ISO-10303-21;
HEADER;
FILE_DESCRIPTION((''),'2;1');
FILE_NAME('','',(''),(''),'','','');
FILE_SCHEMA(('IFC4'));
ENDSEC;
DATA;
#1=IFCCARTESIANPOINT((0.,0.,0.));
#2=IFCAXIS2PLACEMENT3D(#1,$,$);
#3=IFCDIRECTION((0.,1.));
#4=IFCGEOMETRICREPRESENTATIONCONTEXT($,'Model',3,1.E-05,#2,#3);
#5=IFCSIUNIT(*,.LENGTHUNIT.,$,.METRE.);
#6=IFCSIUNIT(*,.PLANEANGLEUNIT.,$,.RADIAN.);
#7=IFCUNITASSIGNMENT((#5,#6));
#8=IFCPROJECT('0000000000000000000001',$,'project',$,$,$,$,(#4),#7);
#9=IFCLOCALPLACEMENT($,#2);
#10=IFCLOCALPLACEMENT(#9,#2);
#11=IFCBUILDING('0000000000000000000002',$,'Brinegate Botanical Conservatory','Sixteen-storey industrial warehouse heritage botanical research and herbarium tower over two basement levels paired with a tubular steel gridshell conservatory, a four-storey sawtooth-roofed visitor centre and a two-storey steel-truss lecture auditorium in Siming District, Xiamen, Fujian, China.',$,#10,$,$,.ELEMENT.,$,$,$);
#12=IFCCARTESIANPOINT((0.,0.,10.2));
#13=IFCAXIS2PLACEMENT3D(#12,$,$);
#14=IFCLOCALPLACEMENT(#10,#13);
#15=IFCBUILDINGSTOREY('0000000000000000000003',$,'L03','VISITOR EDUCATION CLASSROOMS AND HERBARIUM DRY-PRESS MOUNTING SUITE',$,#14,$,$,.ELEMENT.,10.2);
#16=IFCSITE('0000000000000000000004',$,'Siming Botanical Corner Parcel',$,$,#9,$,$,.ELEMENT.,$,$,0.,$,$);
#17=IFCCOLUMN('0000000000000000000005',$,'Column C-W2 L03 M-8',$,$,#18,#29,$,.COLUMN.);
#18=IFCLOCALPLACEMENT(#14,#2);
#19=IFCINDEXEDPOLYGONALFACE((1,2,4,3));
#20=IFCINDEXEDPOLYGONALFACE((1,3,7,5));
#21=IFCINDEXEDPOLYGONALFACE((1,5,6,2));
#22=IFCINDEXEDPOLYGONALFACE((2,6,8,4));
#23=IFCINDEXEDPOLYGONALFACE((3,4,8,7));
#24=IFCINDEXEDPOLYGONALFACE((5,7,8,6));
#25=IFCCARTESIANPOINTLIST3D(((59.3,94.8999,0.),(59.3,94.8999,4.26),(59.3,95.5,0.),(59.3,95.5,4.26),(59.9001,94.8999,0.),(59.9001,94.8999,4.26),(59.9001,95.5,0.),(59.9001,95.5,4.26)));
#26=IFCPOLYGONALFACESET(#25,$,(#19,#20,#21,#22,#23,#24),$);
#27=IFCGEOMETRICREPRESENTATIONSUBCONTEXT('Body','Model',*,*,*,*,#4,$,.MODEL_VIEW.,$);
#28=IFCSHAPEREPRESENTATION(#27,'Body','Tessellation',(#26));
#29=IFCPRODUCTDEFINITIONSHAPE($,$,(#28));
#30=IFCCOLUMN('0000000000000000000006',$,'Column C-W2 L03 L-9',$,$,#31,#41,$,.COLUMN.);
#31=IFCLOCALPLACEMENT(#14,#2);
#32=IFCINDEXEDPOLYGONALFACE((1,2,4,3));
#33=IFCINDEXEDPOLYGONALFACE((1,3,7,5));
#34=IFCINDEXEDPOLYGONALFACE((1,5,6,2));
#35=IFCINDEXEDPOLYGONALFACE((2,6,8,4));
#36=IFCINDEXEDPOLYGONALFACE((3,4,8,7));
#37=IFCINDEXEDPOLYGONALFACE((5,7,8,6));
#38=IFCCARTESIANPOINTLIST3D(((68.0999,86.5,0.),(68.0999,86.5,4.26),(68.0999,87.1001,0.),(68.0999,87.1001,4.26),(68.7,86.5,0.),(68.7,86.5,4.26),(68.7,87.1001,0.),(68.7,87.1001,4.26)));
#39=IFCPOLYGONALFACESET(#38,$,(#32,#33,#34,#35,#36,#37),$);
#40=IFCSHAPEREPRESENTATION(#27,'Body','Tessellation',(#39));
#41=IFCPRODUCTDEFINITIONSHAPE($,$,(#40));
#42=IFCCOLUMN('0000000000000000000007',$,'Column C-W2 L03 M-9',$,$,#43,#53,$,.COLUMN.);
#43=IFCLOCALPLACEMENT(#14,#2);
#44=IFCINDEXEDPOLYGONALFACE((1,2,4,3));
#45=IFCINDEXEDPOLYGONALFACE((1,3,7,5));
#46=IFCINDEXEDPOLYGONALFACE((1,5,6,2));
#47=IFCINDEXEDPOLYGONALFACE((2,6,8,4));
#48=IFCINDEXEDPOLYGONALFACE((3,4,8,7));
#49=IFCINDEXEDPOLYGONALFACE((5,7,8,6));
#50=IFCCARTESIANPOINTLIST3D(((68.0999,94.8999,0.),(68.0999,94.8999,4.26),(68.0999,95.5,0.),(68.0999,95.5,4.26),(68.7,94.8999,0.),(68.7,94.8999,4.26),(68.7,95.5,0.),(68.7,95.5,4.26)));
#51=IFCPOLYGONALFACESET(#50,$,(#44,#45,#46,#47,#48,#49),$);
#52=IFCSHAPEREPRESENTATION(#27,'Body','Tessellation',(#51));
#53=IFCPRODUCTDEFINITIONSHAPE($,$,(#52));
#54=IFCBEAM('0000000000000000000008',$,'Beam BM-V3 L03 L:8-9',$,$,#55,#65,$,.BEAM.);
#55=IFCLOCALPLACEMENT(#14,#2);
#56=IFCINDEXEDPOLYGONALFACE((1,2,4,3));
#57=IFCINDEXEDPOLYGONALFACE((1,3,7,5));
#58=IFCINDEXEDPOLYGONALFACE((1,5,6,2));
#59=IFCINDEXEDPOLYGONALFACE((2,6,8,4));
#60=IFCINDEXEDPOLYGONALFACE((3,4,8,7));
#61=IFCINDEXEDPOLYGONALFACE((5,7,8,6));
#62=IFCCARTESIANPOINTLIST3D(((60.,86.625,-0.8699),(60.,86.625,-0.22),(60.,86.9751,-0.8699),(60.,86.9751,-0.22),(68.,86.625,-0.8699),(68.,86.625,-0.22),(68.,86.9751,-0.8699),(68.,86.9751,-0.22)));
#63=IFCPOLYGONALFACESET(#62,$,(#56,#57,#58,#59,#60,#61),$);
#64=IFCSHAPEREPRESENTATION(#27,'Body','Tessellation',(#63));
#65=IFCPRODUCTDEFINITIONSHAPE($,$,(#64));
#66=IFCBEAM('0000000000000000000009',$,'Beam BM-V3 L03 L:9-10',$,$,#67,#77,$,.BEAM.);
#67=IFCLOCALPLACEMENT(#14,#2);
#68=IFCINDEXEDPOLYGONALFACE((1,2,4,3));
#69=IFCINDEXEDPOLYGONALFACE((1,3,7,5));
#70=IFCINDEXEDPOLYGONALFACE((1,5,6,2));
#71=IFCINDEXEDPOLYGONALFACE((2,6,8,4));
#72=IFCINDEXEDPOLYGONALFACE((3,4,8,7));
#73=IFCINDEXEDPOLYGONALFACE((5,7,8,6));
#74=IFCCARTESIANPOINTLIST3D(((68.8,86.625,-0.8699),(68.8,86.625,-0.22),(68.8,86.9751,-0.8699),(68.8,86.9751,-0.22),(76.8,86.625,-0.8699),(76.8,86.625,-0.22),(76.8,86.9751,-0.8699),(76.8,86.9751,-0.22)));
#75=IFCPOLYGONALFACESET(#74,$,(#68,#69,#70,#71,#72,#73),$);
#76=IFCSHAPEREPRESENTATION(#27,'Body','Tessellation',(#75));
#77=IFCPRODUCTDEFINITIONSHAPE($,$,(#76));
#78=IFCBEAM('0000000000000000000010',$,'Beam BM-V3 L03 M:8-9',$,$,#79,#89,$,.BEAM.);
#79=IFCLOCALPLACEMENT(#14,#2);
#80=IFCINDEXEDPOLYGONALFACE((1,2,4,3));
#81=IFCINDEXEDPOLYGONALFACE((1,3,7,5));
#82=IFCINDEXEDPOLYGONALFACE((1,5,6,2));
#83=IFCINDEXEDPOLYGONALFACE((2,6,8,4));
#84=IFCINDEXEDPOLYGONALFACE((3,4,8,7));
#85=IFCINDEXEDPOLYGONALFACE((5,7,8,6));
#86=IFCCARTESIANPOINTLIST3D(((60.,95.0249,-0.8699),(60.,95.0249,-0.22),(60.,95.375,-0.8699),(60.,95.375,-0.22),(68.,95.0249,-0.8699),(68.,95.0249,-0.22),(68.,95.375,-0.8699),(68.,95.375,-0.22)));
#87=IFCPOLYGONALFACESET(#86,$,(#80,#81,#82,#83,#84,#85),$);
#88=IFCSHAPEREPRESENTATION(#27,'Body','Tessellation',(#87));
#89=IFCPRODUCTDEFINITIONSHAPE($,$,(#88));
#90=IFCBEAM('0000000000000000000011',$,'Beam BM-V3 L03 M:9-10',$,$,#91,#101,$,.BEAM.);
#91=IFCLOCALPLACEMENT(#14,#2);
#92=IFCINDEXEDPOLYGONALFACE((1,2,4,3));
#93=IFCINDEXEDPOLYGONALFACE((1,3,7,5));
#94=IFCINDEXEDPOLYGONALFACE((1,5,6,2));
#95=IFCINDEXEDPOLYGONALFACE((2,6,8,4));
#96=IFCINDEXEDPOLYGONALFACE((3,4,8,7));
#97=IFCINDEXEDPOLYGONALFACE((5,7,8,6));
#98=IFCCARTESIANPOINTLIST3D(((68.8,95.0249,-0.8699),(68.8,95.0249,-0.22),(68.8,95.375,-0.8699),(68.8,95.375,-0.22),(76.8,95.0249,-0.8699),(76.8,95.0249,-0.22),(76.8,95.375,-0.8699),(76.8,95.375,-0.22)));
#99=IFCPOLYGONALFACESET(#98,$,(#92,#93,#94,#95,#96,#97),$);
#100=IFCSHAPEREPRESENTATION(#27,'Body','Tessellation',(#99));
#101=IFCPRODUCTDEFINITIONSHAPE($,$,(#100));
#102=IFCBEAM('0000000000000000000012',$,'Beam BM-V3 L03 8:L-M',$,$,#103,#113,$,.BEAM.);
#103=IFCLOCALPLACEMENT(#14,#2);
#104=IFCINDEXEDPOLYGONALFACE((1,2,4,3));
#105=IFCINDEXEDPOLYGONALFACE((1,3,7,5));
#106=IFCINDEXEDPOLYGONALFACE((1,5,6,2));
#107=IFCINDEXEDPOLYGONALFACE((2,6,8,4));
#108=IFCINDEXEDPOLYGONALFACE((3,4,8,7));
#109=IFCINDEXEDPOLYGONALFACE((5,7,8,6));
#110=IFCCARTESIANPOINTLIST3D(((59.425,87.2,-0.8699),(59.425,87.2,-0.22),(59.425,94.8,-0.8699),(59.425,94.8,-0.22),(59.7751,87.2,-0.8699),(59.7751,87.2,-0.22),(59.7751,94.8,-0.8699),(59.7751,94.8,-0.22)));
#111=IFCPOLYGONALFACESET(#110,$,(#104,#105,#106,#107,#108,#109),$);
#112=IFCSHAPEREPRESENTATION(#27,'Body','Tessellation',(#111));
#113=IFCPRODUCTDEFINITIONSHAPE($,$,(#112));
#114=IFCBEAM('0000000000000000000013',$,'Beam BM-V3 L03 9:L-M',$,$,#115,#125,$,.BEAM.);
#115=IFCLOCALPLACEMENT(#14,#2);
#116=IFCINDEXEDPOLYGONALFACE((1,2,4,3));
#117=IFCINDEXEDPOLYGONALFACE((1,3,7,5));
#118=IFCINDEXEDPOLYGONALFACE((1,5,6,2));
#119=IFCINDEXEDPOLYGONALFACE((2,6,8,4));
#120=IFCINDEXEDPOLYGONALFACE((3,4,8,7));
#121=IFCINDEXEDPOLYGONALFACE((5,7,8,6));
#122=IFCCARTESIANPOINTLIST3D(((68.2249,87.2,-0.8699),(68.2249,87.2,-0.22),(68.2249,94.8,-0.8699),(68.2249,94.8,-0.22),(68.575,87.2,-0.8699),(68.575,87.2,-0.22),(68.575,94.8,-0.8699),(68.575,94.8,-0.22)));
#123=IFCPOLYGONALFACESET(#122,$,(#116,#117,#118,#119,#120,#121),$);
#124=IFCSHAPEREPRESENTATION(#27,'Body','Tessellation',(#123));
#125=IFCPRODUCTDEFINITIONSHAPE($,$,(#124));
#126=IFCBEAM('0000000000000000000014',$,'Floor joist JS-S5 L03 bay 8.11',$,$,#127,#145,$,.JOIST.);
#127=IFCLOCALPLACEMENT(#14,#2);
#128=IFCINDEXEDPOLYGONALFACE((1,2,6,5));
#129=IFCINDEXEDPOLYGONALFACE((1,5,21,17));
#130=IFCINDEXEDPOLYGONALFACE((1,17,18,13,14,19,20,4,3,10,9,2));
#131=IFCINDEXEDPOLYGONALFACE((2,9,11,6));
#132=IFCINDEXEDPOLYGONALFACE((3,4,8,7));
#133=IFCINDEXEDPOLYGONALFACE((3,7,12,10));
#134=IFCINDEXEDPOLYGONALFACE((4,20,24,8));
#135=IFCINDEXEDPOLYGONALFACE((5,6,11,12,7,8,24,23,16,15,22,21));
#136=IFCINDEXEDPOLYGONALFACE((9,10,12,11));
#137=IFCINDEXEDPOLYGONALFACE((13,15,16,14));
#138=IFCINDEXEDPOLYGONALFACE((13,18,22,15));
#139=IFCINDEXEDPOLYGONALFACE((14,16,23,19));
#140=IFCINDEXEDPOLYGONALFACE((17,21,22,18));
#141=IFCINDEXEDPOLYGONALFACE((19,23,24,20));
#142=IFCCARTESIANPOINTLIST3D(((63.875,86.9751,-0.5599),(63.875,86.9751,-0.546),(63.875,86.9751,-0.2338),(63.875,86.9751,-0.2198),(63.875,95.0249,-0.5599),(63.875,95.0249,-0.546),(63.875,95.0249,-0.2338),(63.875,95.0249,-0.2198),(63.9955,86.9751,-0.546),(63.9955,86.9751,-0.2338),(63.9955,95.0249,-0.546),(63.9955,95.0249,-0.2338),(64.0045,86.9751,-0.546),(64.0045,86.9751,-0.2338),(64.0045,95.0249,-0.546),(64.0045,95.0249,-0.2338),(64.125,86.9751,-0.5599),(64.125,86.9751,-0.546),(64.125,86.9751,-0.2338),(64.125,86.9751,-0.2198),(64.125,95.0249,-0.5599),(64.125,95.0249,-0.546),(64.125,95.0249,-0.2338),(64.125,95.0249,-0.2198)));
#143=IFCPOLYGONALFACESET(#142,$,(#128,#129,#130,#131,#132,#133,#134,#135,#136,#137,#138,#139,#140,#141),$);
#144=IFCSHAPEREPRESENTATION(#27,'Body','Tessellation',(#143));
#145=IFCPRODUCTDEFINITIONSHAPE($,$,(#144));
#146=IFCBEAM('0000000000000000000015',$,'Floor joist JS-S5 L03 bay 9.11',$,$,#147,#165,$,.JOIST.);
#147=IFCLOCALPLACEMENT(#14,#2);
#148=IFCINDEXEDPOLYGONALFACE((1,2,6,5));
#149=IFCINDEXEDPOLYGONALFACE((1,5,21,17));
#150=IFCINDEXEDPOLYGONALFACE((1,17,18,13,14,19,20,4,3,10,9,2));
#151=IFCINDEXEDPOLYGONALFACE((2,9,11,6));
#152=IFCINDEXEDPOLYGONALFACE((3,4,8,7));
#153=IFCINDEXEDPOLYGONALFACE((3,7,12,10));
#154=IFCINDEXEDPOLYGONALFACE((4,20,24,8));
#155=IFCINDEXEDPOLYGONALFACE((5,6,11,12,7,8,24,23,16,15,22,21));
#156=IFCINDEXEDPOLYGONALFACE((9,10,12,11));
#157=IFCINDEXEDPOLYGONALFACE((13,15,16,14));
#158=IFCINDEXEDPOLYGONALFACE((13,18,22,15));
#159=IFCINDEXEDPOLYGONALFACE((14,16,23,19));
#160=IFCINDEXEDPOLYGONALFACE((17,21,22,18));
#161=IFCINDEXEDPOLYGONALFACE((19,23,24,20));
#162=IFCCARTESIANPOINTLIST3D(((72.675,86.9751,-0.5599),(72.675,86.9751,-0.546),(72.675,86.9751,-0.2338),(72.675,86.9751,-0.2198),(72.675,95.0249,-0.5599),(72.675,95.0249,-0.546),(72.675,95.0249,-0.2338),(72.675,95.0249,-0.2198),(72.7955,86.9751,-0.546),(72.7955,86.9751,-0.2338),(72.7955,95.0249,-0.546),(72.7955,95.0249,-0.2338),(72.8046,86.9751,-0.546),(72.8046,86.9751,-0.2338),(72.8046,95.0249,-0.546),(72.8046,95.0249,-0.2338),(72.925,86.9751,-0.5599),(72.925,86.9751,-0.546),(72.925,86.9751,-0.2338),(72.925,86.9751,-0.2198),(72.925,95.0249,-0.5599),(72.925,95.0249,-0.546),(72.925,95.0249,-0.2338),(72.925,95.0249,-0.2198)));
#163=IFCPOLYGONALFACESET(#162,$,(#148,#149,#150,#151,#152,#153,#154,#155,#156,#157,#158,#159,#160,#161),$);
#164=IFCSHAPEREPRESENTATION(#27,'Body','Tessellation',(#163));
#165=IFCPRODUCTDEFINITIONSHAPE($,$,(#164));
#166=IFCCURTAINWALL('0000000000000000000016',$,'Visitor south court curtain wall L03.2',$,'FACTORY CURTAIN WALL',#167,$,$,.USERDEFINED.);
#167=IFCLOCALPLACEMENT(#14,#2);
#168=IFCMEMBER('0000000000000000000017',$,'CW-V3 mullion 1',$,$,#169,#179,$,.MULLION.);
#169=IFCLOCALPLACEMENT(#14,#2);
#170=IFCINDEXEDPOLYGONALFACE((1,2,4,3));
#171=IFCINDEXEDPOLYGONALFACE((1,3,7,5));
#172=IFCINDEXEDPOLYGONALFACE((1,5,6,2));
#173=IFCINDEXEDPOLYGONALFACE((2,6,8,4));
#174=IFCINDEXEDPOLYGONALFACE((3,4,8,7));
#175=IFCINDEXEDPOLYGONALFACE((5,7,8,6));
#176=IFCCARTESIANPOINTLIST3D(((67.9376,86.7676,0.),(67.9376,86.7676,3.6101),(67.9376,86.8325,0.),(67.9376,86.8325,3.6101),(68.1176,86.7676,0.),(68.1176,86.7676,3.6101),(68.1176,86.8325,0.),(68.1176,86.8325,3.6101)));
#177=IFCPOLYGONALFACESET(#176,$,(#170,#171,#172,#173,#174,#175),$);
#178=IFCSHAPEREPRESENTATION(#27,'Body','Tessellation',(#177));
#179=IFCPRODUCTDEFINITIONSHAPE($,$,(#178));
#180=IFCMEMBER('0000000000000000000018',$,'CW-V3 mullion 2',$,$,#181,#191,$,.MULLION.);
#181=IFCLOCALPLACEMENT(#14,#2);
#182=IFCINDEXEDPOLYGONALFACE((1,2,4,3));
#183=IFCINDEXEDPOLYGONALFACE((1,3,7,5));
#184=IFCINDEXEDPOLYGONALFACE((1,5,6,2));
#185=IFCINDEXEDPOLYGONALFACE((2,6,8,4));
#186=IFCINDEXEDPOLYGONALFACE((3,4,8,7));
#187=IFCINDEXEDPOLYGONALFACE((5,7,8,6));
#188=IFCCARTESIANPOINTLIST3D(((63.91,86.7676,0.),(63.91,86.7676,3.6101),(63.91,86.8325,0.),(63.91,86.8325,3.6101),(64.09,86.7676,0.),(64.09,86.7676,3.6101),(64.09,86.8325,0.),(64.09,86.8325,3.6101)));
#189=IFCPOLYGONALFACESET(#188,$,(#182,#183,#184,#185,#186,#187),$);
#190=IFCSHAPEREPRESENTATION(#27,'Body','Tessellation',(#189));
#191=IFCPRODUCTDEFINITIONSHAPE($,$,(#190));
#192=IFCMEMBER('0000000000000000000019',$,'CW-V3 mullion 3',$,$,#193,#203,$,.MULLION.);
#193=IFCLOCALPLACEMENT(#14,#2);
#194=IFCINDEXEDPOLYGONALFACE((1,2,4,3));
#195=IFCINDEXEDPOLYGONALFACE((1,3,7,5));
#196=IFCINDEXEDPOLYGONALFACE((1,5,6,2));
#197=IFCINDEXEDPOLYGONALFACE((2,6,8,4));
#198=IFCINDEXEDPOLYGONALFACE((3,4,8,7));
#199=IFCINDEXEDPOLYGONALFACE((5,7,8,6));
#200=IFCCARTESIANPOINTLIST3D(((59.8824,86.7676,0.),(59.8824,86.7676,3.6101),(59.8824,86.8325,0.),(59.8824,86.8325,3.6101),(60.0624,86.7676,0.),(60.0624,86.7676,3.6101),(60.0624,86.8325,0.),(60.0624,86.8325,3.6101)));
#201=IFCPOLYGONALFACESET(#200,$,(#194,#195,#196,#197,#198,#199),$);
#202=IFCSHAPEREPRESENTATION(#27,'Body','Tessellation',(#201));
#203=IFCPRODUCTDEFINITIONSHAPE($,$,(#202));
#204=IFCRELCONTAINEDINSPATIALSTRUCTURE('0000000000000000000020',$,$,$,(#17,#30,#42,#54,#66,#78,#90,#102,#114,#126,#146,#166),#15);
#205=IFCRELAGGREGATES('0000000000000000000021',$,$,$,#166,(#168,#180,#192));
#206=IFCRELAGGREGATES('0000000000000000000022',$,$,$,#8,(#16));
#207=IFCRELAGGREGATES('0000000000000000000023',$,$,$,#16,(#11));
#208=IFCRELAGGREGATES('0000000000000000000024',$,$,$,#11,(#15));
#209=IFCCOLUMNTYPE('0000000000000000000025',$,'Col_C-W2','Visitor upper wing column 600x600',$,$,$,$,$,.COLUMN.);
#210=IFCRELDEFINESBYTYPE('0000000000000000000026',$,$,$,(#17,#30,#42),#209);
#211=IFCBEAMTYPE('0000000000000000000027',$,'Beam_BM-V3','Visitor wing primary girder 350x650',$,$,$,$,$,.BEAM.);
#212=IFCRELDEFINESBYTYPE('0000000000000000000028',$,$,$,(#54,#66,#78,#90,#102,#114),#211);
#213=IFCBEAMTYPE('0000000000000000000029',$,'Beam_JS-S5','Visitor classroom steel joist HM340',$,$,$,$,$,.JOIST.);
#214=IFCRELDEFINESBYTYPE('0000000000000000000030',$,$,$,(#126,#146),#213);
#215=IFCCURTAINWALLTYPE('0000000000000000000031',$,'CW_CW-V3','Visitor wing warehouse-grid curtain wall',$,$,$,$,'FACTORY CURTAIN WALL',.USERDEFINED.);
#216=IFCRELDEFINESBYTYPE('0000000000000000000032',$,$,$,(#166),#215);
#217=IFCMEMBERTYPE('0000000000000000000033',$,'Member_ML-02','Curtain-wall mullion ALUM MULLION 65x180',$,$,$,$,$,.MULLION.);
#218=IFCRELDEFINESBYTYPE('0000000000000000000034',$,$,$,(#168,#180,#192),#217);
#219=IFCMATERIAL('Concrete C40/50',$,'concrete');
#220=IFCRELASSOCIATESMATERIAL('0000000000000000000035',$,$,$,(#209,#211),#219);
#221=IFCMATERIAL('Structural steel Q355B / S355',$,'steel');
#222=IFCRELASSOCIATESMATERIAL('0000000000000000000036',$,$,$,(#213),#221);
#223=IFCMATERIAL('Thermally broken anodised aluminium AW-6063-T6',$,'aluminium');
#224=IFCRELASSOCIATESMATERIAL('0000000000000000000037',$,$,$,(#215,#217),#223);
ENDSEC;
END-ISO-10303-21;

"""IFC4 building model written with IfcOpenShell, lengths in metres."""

from ifc_helpers import new_model, si_unit, direction, frame, origin, origin_2d, place, context, subcontext, project, spatial, rectangle, i_section, extrude, material, material_profile, profile_set, type_object, element, aggregate, save


model = new_model("IFC4")

# Units and contexts
model_context = context("Model", 3, precision=1e-05, world=origin(), true_north=direction((0.0, 1.0)))
body_context = subcontext(model_context, "Body", "Model", "MODEL_VIEW")
ifc_project = project(units=[si_unit("LENGTHUNIT", "METRE"), si_unit("PLANEANGLEUNIT", "RADIAN")], contexts=[model_context])

# Site, building, storey
site_placement = place(None, origin())
site = spatial("IfcSite", under=ifc_project, at=site_placement, Name="Siming Botanical Corner Parcel", CompositionType="ELEMENT", RefElevation=0.0)
building_placement = place(site_placement, origin())
building = spatial("IfcBuilding", under=site, at=building_placement, Name="Brinegate Botanical Conservatory", Description="Sixteen-storey industrial warehouse heritage botanical research and herbarium tower over two basement levels paired with a tubular steel gridshell conservatory, a four-storey sawtooth-roofed visitor centre and a two-storey steel-truss lecture auditorium in Siming District, Xiamen, Fujian, China.", CompositionType="ELEMENT")
storey_placement = place(building_placement, frame((0.0, 0.0, 10.2)))
storey = spatial("IfcBuildingStorey", under=building, at=storey_placement, Name="L03", Description="VISITOR EDUCATION CLASSROOMS AND HERBARIUM DRY-PRESS MOUNTING SUITE", CompositionType="ELEMENT", Elevation=10.2)

# Columns
ifc_material_1 = material(Name="Concrete C40/50", Category="concrete")
ifc_material_profile_1 = material_profile(ifc_material_1, rectangle(XDim=0.6001, YDim=0.6001, at=origin_2d()), Name="RC COL 600x600")
ifc_profile_set_1 = profile_set([ifc_material_profile_1], Name="Concrete C40/50")
column_type = type_object("IfcColumnType", Name="Col_C-W2", Description="Visitor upper wing column 600x600", PredefinedType="COLUMN", material=ifc_profile_set_1)
for number, where, z_axis, x_axis, name in (
    (1, (59.6001, 95.2, 0.0), (0.0, 0.0, 1.0), (1.0, 0.0, 0.0), "Column C-W2 L03 M-8"),
    (2, (68.3999, 86.8, 0.0), (0.0, 0.0, 1.0), (1.0, 0.0, 0.0), "Column C-W2 L03 L-9"),
    (3, (68.3999, 95.2, 0.0), (0.0, 0.0, 1.0), (1.0, 0.0, 0.0), "Column C-W2 L03 M-9"),
):
    element("IfcColumn", number, at=place(storey_placement, frame(where, z_axis=z_axis, x_axis=x_axis)), inside=storey, type_object=column_type, Name=name, PredefinedType="COLUMN", context=body_context, shape_type="SweptSolid", body=[
        extrude(rectangle(XDim=0.6001, YDim=0.6001, at=origin_2d()), origin(), (0.0, 0.0, 1.0), 4.26),
    ])

# Beams
ifc_material_profile_2 = material_profile(ifc_material_1, rectangle(XDim=0.3501, YDim=0.6499, at=origin_2d()), Name="RC BM 350x650")
ifc_profile_set_2 = profile_set([ifc_material_profile_2], Name="Concrete C40/50")
beam_type_1 = type_object("IfcBeamType", Name="Beam_BM-V3", Description="Visitor wing primary girder 350x650", PredefinedType="BEAM", material=ifc_profile_set_2)
for number, where, z_axis, x_axis, name in (
    (4, (60.0, 86.8, -0.5449), (1.0, 0.0, 0.0), (0.0, 1.0, 0.0), "Beam BM-V3 L03 L:8-9"),
    (5, (68.8, 86.8, -0.5449), (1.0, 0.0, 0.0), (0.0, 1.0, 0.0), "Beam BM-V3 L03 L:9-10"),
    (6, (60.0, 95.2, -0.5449), (1.0, 0.0, 0.0), (0.0, 1.0, 0.0), "Beam BM-V3 L03 M:8-9"),
    (7, (68.8, 95.2, -0.5449), (1.0, 0.0, 0.0), (0.0, 1.0, 0.0), "Beam BM-V3 L03 M:9-10"),
):
    element("IfcBeam", number, at=place(storey_placement, frame(where, z_axis=z_axis, x_axis=x_axis)), inside=storey, type_object=beam_type_1, Name=name, PredefinedType="BEAM", context=body_context, shape_type="SweptSolid", body=[
        extrude(rectangle(XDim=0.3501, YDim=0.6499, at=origin_2d()), origin(), (0.0, 0.0, 1.0), 8.0),
    ])
for number, where, z_axis, x_axis, name in (
    (8, (59.6001, 87.2, -0.5449), (0.0, 1.0, 0.0), (-1.0, 0.0, 0.0), "Beam BM-V3 L03 8:L-M"),
    (9, (68.3999, 87.2, -0.5449), (0.0, 1.0, 0.0), (-1.0, 0.0, 0.0), "Beam BM-V3 L03 9:L-M"),
):
    element("IfcBeam", number, at=place(storey_placement, frame(where, z_axis=z_axis, x_axis=x_axis)), inside=storey, type_object=beam_type_1, Name=name, PredefinedType="BEAM", context=body_context, shape_type="SweptSolid", body=[
        extrude(rectangle(XDim=0.3501, YDim=0.6499, at=origin_2d()), origin(), (0.0, 0.0, 1.0), 7.6001),
    ])
ifc_material_2 = material(Name="Structural steel Q355B / S355", Category="steel")
ifc_material_profile_3 = material_profile(ifc_material_2, i_section(OverallWidth=0.25, OverallDepth=0.3401, WebThickness=0.009, FlangeThickness=0.0139, at=origin_2d()), Name="HM 340x250x9x14")
ifc_profile_set_3 = profile_set([ifc_material_profile_3], Name="Structural steel Q355B / S355")
beam_type_2 = type_object("IfcBeamType", Name="Beam_JS-S5", Description="Visitor classroom steel joist HM340", PredefinedType="JOIST", material=ifc_profile_set_3)
for number, where, z_axis, x_axis, name in (
    (10, (64.0, 86.9751, -0.3899), (0.0, 1.0, 0.0), (-1.0, 0.0, 0.0), "Floor joist JS-S5 L03 bay 8.11"),
    (11, (72.8, 86.9751, -0.3899), (0.0, 1.0, 0.0), (-1.0, 0.0, 0.0), "Floor joist JS-S5 L03 bay 9.11"),
):
    element("IfcBeam", number, at=place(storey_placement, frame(where, z_axis=z_axis, x_axis=x_axis)), inside=storey, type_object=beam_type_2, Name=name, PredefinedType="JOIST", context=body_context, shape_type="SweptSolid", body=[
        extrude(i_section(OverallWidth=0.25, OverallDepth=0.3401, WebThickness=0.009, FlangeThickness=0.0139, at=origin_2d()), origin(), (0.0, 0.0, 1.0), 8.0498),
    ])

# Curtain wall, members
ifc_material_3 = material(Name="Thermally broken anodised aluminium AW-6063-T6", Category="aluminium")
curtain_wall_type = type_object("IfcCurtainWallType", Name="CW_CW-V3", Description="Visitor wing warehouse-grid curtain wall", ElementType="FACTORY CURTAIN WALL", PredefinedType="USERDEFINED", material=ifc_material_3)
curtain_wall_placement = place(storey_placement, origin())
curtain_wall = element("IfcCurtainWall", 12, at=curtain_wall_placement, inside=storey, type_object=curtain_wall_type, Name="Visitor south court curtain wall L03.2", ObjectType="FACTORY CURTAIN WALL", PredefinedType="USERDEFINED")
ifc_material_profile_4 = material_profile(ifc_material_3, rectangle(XDim=0.0649, YDim=0.1799, at=origin_2d()), Name="ALUM MULLION 65x180")
ifc_profile_set_4 = profile_set([ifc_material_profile_4], Name="Thermally broken anodised aluminium AW-6063-T6")
member_type_1 = type_object("IfcMemberType", Name="Member_ML-02", Description="Curtain-wall mullion ALUM MULLION 65x180", PredefinedType="MULLION", material=ifc_profile_set_4)
member_1_placement = place(storey_placement, frame((68.0276, 86.8, 0.0), z_axis=(0.0, 0.0, 1.0), x_axis=(0.0, -1.0, 0.0)))
member_1 = element("IfcMember", 13, at=member_1_placement, type_object=member_type_1, Name="CW-V3 mullion 1", PredefinedType="MULLION", context=body_context, shape_type="SweptSolid", body=[
    extrude(rectangle(XDim=0.0649, YDim=0.1799, at=origin_2d()), origin(), (0.0, 0.0, 1.0), 3.6101),
])
member_2_placement = place(storey_placement, frame((64.0, 86.8, 0.0), z_axis=(0.0, 0.0, 1.0), x_axis=(0.0, -1.0, 0.0)))
member_2 = element("IfcMember", 14, at=member_2_placement, type_object=member_type_1, Name="CW-V3 mullion 2", PredefinedType="MULLION", context=body_context, shape_type="SweptSolid", body=[
    extrude(rectangle(XDim=0.0649, YDim=0.1799, at=origin_2d()), origin(), (0.0, 0.0, 1.0), 3.6101),
])
member_3_placement = place(storey_placement, frame((59.9724, 86.8, 0.0), z_axis=(0.0, 0.0, 1.0), x_axis=(0.0, -1.0, 0.0)))
member_3 = element("IfcMember", 15, at=member_3_placement, type_object=member_type_1, Name="CW-V3 mullion 3", PredefinedType="MULLION", context=body_context, shape_type="SweptSolid", body=[
    extrude(rectangle(XDim=0.0649, YDim=0.1799, at=origin_2d()), origin(), (0.0, 0.0, 1.0), 3.6101),
])
aggregate(curtain_wall, [member_1, member_2, member_3])

save(model, "model.ifc")
